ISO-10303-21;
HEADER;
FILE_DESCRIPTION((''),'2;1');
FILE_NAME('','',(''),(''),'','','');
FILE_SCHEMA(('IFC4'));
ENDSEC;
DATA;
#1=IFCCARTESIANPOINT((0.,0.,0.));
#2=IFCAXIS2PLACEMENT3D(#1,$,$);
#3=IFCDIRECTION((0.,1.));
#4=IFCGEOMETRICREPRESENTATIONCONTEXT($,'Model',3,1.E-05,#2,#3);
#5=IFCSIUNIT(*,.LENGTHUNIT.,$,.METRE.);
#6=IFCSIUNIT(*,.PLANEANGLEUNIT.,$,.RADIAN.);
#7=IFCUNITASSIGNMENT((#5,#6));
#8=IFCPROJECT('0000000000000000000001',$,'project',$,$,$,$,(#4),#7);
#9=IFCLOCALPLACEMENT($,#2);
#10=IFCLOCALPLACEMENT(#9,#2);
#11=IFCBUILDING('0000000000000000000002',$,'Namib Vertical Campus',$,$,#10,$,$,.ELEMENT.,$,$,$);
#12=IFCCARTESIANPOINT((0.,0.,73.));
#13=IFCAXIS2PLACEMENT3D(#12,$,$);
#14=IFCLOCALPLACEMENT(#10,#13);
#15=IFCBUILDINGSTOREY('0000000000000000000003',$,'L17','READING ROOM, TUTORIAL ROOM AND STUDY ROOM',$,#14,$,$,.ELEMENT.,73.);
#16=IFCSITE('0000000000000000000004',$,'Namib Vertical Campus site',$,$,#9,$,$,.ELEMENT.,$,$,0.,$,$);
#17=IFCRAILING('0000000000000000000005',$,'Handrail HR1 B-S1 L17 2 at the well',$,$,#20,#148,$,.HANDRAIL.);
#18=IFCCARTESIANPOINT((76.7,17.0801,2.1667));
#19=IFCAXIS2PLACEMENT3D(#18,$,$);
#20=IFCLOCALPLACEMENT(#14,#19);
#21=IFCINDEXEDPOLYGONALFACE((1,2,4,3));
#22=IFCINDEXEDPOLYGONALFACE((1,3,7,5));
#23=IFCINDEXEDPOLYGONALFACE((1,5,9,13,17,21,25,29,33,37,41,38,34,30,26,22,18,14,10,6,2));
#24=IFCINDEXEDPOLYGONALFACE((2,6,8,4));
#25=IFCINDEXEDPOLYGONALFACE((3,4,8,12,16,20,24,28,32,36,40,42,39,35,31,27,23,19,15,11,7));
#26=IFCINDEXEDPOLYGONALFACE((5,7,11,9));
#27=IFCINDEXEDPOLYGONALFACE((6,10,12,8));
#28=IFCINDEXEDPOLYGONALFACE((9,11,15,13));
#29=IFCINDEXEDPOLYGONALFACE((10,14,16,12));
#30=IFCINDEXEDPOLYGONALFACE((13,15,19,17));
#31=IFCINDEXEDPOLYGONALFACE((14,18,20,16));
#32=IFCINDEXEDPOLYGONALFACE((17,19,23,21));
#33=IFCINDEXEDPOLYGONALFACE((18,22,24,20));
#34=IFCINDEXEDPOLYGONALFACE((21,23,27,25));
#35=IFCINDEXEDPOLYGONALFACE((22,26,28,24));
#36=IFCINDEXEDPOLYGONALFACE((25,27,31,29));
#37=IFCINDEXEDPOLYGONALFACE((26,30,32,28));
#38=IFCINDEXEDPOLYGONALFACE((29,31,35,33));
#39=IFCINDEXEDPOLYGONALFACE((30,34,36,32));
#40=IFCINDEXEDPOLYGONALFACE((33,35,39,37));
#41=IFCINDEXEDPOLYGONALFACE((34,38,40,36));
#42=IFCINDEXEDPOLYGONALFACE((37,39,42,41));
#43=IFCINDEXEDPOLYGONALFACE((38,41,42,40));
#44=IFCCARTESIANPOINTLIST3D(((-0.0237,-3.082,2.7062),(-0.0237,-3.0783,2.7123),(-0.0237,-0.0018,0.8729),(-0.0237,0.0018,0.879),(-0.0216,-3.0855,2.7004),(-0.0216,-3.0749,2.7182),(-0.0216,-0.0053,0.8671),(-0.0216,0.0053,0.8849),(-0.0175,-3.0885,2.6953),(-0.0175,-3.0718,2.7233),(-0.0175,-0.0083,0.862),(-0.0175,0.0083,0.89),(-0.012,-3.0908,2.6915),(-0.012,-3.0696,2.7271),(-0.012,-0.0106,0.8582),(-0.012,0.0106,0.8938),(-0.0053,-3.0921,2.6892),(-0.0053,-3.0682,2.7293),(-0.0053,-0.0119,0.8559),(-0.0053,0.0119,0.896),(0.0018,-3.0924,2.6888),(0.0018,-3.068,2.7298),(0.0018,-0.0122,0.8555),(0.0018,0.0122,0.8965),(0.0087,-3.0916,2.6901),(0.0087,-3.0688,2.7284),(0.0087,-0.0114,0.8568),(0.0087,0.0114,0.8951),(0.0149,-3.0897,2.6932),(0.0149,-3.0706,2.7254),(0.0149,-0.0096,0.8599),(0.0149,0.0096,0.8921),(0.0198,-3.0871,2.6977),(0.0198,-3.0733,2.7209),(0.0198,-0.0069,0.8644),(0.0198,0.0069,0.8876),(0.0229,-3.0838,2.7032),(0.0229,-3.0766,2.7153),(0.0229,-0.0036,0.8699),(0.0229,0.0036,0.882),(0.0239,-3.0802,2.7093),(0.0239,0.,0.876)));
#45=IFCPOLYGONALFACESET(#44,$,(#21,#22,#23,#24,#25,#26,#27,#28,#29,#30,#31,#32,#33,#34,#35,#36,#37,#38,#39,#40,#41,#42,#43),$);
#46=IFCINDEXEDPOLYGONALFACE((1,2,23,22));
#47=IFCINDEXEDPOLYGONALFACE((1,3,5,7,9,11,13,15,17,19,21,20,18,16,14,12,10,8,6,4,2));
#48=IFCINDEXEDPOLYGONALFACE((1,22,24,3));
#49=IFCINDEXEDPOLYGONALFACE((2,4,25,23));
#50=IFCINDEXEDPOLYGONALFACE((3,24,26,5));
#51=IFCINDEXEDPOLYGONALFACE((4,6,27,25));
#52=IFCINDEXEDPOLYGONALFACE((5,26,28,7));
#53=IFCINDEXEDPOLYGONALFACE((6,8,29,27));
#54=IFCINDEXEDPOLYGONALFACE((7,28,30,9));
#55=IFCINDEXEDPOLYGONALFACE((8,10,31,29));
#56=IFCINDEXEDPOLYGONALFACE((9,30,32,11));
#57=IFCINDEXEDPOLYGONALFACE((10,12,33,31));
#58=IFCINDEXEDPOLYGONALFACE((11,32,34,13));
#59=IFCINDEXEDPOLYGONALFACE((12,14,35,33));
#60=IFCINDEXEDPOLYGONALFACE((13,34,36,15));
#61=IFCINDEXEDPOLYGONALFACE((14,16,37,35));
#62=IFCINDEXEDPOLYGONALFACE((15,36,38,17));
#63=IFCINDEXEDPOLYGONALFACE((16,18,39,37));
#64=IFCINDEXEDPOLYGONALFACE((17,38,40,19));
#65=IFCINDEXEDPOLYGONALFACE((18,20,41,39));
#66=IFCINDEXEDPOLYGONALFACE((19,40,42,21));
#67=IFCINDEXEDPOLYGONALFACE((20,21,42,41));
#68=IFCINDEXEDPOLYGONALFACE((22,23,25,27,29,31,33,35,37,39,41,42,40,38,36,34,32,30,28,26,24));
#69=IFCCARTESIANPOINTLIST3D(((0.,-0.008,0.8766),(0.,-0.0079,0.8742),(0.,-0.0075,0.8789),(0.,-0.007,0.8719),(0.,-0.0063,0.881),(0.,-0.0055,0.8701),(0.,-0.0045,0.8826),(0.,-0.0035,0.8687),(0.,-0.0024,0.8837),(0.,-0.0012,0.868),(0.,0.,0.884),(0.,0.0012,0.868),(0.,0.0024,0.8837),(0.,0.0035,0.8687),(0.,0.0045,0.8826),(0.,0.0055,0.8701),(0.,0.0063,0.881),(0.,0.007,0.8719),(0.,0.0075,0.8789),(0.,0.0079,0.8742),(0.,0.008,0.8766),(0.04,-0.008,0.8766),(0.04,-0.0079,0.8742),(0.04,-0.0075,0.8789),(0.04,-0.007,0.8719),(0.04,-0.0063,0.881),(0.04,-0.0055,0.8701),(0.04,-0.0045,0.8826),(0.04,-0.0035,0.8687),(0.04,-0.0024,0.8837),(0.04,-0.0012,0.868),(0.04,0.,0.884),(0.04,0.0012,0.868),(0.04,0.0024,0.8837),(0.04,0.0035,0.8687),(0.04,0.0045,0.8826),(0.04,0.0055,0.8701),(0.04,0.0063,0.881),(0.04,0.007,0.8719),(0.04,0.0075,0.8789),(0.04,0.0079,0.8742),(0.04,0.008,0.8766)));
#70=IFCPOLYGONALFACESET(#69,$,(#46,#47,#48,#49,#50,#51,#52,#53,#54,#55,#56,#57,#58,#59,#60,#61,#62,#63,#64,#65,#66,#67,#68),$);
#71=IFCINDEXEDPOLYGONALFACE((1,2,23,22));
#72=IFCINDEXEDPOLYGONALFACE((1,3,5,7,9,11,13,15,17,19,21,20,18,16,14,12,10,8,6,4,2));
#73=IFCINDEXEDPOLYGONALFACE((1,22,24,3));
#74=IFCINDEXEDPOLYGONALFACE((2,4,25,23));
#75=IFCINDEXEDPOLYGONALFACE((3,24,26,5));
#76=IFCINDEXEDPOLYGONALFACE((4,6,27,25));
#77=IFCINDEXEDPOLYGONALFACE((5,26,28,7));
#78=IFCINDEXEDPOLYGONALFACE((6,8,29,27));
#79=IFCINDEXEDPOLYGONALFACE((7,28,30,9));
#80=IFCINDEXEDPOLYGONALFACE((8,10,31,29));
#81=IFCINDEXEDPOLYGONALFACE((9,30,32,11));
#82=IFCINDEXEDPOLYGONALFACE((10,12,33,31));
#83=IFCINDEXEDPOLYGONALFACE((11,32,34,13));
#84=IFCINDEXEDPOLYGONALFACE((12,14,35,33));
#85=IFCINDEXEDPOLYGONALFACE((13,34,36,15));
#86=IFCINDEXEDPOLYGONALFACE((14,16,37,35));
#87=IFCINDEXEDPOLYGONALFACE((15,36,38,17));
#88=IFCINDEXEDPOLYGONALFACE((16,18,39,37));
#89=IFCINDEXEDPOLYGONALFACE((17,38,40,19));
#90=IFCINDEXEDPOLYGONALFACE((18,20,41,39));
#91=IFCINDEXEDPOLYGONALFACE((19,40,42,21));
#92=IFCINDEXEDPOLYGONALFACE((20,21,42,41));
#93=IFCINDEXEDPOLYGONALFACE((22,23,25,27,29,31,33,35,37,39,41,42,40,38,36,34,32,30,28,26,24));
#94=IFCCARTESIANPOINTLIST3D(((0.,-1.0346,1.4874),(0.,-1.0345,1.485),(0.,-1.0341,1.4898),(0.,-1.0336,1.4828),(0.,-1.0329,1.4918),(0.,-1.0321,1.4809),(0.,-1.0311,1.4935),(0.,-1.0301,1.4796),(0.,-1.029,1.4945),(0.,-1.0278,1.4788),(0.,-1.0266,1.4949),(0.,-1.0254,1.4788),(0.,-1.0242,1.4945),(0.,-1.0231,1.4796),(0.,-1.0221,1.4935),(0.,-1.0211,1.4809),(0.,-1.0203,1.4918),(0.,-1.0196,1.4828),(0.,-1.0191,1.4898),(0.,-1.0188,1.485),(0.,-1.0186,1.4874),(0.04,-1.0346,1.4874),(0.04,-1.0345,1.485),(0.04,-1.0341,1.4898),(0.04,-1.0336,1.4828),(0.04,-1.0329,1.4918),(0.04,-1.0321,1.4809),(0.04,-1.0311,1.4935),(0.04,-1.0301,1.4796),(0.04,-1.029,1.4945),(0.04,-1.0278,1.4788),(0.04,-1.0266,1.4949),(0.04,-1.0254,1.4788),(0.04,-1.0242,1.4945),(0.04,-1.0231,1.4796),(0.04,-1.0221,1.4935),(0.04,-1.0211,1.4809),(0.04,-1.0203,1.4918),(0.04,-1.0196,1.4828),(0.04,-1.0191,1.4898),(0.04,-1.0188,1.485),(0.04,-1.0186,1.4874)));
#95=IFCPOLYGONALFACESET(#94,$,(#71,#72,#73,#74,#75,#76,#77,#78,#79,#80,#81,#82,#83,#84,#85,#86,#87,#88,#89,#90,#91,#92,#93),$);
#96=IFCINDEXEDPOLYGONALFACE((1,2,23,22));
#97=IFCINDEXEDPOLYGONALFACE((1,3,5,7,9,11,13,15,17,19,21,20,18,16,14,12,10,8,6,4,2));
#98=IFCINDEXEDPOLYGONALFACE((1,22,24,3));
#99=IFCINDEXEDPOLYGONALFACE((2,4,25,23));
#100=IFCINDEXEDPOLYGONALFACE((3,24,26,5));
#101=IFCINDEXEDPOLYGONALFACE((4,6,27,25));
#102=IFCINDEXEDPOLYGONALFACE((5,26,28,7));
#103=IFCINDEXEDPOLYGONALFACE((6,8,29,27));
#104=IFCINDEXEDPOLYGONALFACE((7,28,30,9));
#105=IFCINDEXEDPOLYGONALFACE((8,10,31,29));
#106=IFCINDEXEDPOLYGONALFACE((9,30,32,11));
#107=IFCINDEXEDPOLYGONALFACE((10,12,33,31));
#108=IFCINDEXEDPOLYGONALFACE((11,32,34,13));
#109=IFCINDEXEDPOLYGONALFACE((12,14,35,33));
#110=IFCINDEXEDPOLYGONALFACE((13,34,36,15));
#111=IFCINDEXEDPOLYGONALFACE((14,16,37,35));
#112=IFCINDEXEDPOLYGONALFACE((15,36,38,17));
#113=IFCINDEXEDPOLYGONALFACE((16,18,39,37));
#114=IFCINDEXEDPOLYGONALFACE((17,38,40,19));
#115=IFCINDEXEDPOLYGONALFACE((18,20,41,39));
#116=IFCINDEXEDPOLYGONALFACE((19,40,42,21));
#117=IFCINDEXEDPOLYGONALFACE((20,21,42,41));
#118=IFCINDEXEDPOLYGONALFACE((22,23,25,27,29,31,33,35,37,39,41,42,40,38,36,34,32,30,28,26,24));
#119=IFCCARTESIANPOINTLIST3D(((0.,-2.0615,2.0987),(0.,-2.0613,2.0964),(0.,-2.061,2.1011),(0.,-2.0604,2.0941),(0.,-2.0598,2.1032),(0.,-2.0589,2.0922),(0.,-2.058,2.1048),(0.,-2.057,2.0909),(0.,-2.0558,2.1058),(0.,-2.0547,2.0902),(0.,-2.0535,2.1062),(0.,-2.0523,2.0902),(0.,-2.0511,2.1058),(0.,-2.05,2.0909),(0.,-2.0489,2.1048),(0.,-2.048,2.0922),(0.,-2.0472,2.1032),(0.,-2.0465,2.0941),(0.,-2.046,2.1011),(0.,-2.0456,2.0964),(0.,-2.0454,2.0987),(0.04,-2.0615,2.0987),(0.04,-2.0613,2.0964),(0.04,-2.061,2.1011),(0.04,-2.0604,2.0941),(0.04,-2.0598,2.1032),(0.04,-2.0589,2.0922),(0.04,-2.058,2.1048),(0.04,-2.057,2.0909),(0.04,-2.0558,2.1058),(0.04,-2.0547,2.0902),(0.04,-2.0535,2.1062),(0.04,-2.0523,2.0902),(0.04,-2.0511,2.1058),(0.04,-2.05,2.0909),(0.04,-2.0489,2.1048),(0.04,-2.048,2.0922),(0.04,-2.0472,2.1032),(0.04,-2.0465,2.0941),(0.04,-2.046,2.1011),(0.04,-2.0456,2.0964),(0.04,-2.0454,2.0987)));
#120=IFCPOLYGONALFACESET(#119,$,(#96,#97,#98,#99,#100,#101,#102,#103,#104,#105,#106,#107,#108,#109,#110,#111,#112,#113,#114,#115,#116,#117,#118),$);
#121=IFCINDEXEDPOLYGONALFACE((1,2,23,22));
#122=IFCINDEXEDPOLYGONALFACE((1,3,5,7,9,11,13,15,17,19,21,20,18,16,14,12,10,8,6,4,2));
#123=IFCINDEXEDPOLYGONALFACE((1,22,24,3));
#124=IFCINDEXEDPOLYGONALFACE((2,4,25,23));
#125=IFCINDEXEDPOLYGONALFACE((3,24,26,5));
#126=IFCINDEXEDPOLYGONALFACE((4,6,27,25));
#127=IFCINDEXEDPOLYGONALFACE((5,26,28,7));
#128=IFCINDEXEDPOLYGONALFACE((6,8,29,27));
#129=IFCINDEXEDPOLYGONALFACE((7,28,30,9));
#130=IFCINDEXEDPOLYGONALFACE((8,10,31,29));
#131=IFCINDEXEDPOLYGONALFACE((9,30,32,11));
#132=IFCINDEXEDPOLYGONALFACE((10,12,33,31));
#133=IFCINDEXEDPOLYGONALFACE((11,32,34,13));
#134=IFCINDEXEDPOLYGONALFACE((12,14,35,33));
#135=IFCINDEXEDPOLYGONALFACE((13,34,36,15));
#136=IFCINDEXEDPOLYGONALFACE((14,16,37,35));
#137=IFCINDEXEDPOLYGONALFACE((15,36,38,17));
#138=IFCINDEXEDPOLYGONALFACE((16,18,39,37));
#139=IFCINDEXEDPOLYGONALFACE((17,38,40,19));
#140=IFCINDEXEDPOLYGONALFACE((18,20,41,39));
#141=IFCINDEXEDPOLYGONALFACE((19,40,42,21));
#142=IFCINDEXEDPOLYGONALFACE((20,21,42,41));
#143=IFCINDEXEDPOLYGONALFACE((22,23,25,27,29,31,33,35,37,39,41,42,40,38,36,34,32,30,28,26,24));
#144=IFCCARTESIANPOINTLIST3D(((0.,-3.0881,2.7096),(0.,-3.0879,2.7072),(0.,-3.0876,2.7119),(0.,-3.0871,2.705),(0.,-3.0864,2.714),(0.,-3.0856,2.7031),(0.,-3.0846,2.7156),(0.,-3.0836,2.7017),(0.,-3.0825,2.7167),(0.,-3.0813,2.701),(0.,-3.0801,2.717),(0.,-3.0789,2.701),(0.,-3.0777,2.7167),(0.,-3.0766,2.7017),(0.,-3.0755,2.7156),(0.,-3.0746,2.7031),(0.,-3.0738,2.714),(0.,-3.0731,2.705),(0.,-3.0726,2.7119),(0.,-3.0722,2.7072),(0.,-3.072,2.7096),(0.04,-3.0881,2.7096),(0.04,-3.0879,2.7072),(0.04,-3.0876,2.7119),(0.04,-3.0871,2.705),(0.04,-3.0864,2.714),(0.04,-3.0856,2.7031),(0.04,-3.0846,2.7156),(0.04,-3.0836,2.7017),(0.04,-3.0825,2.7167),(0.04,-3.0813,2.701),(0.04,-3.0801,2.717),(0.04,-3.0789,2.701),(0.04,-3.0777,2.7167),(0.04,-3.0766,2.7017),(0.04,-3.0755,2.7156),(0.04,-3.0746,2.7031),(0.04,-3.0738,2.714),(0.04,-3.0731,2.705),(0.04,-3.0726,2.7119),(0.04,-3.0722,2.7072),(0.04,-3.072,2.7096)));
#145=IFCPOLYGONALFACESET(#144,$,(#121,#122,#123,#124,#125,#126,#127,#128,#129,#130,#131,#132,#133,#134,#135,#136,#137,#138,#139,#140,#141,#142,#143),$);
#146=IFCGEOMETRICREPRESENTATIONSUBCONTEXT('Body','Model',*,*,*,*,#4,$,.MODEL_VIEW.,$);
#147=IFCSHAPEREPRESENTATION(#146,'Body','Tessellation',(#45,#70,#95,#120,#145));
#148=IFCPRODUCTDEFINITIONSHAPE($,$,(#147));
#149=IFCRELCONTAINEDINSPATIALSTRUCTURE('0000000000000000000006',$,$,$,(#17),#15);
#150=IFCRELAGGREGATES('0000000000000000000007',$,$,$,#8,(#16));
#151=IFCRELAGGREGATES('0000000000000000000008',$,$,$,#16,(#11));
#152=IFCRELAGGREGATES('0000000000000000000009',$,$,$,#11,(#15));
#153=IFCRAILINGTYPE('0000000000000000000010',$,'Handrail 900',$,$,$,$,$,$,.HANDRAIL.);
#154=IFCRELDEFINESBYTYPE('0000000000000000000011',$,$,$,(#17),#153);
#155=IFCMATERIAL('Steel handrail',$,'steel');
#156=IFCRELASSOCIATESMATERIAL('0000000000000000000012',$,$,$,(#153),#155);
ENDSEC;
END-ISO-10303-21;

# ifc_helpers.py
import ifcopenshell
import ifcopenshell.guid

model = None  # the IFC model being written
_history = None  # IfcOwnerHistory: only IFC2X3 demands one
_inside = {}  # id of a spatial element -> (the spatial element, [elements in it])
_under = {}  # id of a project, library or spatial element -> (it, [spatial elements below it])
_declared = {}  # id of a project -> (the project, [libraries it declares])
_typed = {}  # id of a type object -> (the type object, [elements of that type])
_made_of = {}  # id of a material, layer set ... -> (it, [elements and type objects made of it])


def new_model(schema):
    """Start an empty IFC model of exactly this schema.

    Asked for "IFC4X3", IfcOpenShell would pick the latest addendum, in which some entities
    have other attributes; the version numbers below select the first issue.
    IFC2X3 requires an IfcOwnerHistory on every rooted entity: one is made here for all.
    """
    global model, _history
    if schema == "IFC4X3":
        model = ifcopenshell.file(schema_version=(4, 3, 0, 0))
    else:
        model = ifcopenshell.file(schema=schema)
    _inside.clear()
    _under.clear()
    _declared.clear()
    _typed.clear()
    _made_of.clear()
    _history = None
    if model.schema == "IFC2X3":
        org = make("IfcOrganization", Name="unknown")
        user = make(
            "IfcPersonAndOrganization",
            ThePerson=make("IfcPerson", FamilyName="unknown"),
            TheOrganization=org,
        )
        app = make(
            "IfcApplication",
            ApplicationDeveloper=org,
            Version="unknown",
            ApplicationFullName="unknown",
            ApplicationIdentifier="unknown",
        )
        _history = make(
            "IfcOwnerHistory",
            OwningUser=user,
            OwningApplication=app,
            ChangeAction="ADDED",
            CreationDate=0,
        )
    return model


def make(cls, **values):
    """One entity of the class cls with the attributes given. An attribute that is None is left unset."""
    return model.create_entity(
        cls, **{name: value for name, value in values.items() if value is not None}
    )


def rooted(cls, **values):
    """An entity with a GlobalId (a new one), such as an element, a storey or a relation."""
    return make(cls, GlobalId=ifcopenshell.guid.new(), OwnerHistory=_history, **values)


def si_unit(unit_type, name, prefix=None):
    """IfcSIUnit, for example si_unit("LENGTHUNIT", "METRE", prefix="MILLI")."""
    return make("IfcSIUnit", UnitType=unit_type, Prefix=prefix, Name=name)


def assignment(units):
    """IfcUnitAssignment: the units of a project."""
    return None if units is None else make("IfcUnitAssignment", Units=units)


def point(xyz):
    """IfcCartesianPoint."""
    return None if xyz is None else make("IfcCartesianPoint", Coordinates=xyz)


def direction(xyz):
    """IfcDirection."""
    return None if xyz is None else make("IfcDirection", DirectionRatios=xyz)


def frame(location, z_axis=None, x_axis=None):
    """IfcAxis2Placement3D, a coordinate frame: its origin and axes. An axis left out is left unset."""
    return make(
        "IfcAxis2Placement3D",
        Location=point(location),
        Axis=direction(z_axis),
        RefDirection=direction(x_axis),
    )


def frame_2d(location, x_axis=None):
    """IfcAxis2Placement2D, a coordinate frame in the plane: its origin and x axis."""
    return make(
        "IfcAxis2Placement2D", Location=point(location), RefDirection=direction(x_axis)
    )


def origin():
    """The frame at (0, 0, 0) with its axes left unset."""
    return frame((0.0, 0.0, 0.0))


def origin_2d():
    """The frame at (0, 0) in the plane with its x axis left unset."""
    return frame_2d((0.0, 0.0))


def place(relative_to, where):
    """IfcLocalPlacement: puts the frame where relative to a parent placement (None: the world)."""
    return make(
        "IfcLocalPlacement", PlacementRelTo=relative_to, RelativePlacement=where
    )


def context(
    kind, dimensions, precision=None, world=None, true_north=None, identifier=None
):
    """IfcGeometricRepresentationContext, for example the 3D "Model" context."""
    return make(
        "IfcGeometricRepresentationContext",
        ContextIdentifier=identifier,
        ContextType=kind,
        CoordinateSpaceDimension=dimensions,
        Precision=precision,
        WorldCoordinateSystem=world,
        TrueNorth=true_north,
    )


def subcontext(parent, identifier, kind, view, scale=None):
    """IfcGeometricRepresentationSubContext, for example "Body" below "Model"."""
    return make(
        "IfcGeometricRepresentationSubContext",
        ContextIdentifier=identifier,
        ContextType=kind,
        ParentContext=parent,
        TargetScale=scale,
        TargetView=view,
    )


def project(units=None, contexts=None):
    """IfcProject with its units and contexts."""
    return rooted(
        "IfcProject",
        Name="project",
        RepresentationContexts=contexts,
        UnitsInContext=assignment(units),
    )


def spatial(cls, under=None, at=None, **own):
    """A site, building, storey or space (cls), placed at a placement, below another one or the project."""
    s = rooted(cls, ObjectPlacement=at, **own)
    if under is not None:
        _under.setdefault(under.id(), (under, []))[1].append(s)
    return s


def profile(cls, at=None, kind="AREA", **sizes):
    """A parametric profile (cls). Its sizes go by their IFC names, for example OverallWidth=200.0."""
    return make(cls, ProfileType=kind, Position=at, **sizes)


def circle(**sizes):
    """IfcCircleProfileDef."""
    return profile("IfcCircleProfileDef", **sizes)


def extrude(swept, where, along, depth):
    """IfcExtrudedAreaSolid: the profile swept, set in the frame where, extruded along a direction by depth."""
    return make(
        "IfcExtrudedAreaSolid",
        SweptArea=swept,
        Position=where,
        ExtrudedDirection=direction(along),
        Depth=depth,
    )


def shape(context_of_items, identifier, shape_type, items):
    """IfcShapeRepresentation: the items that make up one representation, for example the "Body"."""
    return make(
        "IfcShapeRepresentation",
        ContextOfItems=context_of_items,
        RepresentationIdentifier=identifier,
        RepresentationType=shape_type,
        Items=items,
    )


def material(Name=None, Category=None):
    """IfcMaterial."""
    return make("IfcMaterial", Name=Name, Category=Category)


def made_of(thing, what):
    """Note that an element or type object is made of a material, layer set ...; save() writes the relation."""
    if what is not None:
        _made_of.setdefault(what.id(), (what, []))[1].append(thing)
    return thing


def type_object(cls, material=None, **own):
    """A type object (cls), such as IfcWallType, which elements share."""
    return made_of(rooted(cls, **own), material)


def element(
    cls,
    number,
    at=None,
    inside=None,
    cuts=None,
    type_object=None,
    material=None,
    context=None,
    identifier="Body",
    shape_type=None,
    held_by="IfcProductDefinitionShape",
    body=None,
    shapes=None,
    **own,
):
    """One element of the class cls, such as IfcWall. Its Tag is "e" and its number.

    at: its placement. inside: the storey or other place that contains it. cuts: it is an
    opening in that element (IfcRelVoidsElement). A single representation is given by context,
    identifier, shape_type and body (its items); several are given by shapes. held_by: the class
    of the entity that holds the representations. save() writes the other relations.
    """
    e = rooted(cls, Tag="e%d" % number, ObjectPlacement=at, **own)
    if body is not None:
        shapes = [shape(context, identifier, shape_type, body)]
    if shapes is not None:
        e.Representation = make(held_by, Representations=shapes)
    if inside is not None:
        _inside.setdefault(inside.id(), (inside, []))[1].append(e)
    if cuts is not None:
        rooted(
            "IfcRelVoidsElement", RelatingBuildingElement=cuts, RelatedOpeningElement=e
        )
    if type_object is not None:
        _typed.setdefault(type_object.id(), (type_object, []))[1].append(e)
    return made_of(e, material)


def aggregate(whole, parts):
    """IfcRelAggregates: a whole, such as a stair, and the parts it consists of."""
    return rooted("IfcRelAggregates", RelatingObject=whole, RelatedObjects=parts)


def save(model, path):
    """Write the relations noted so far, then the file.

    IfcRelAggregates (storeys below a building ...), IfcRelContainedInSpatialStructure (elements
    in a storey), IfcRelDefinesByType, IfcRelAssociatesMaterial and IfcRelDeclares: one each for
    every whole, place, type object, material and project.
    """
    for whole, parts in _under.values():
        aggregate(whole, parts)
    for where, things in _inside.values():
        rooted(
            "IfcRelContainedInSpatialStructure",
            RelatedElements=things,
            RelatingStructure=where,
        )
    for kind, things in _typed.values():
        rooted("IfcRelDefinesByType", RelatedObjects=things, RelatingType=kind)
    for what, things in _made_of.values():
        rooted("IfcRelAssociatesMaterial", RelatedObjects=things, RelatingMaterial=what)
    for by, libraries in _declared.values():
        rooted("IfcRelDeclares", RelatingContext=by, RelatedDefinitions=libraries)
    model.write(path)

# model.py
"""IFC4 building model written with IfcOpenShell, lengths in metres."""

from ifc_helpers import new_model, si_unit, direction, frame, origin, origin_2d, place, context, subcontext, project, spatial, circle, extrude, material, type_object, element, save


model = new_model("IFC4")

# Units and contexts
model_context = context("Model", 3, precision=1e-05, world=origin(), true_north=direction((0.0, 1.0)))
body_context = subcontext(model_context, "Body", "Model", "MODEL_VIEW")
ifc_project = project(units=[si_unit("LENGTHUNIT", "METRE"), si_unit("PLANEANGLEUNIT", "RADIAN")], contexts=[model_context])

# Site, building, storey
site_placement = place(None, origin())
site = spatial("IfcSite", under=ifc_project, at=site_placement, Name="Namib Vertical Campus site", CompositionType="ELEMENT", RefElevation=0.0)
building_placement = place(site_placement, origin())
building = spatial("IfcBuilding", under=site, at=building_placement, Name="Namib Vertical Campus", CompositionType="ELEMENT")
storey_placement = place(building_placement, frame((0.0, 0.0, 73.0)))
storey = spatial("IfcBuildingStorey", under=building, at=storey_placement, Name="L17", Description="READING ROOM, TUTORIAL ROOM AND STUDY ROOM", CompositionType="ELEMENT", Elevation=73.0)

# Railing
ifc_material_1 = material(Name="Steel handrail", Category="steel")
railing_type_1 = type_object("IfcRailingType", Name="Handrail 900", PredefinedType="HANDRAIL", material=ifc_material_1)
railing_1_placement = place(storey_placement, frame((76.7, 17.0801, 2.1667)))
element("IfcRailing", 1, at=railing_1_placement, inside=storey, type_object=railing_type_1, Name="Handrail HR1 B-S1 L17 2 at the well", PredefinedType="HANDRAIL", context=body_context, shape_type="SweptSolid", body=[
    extrude(circle(Radius=0.0239, at=origin_2d()), frame((0.0, 0.0, 0.876), z_axis=(0.0, -0.859309, 0.511458), x_axis=(1.0, 0.0, 0.0)), (0.0, 0.0, 1.0), 3.5845),
    extrude(circle(Radius=0.0081, at=origin_2d()), frame((0.0, 0.0, 0.876), z_axis=(1.0, 0.0, 0.0), x_axis=(0.0, 0.0, 1.0)), (0.0, 0.0, 1.0), 0.04),
    extrude(circle(Radius=0.0081, at=origin_2d()), frame((0.0, -1.0266, 1.4868), z_axis=(1.0, 0.0, 0.0), x_axis=(0.0, 0.0, 1.0)), (0.0, 0.0, 1.0), 0.04),
    extrude(circle(Radius=0.0081, at=origin_2d()), frame((0.0, -2.0535, 2.0981), z_axis=(1.0, 0.0, 0.0), x_axis=(0.0, 0.0, 1.0)), (0.0, 0.0, 1.0), 0.04),
    extrude(circle(Radius=0.0081, at=origin_2d()), frame((0.0, -3.0801, 2.709), z_axis=(1.0, 0.0, 0.0), x_axis=(0.0, 0.0, 1.0)), (0.0, 0.0, 1.0), 0.04),
])

save(model, "model.ifc")
